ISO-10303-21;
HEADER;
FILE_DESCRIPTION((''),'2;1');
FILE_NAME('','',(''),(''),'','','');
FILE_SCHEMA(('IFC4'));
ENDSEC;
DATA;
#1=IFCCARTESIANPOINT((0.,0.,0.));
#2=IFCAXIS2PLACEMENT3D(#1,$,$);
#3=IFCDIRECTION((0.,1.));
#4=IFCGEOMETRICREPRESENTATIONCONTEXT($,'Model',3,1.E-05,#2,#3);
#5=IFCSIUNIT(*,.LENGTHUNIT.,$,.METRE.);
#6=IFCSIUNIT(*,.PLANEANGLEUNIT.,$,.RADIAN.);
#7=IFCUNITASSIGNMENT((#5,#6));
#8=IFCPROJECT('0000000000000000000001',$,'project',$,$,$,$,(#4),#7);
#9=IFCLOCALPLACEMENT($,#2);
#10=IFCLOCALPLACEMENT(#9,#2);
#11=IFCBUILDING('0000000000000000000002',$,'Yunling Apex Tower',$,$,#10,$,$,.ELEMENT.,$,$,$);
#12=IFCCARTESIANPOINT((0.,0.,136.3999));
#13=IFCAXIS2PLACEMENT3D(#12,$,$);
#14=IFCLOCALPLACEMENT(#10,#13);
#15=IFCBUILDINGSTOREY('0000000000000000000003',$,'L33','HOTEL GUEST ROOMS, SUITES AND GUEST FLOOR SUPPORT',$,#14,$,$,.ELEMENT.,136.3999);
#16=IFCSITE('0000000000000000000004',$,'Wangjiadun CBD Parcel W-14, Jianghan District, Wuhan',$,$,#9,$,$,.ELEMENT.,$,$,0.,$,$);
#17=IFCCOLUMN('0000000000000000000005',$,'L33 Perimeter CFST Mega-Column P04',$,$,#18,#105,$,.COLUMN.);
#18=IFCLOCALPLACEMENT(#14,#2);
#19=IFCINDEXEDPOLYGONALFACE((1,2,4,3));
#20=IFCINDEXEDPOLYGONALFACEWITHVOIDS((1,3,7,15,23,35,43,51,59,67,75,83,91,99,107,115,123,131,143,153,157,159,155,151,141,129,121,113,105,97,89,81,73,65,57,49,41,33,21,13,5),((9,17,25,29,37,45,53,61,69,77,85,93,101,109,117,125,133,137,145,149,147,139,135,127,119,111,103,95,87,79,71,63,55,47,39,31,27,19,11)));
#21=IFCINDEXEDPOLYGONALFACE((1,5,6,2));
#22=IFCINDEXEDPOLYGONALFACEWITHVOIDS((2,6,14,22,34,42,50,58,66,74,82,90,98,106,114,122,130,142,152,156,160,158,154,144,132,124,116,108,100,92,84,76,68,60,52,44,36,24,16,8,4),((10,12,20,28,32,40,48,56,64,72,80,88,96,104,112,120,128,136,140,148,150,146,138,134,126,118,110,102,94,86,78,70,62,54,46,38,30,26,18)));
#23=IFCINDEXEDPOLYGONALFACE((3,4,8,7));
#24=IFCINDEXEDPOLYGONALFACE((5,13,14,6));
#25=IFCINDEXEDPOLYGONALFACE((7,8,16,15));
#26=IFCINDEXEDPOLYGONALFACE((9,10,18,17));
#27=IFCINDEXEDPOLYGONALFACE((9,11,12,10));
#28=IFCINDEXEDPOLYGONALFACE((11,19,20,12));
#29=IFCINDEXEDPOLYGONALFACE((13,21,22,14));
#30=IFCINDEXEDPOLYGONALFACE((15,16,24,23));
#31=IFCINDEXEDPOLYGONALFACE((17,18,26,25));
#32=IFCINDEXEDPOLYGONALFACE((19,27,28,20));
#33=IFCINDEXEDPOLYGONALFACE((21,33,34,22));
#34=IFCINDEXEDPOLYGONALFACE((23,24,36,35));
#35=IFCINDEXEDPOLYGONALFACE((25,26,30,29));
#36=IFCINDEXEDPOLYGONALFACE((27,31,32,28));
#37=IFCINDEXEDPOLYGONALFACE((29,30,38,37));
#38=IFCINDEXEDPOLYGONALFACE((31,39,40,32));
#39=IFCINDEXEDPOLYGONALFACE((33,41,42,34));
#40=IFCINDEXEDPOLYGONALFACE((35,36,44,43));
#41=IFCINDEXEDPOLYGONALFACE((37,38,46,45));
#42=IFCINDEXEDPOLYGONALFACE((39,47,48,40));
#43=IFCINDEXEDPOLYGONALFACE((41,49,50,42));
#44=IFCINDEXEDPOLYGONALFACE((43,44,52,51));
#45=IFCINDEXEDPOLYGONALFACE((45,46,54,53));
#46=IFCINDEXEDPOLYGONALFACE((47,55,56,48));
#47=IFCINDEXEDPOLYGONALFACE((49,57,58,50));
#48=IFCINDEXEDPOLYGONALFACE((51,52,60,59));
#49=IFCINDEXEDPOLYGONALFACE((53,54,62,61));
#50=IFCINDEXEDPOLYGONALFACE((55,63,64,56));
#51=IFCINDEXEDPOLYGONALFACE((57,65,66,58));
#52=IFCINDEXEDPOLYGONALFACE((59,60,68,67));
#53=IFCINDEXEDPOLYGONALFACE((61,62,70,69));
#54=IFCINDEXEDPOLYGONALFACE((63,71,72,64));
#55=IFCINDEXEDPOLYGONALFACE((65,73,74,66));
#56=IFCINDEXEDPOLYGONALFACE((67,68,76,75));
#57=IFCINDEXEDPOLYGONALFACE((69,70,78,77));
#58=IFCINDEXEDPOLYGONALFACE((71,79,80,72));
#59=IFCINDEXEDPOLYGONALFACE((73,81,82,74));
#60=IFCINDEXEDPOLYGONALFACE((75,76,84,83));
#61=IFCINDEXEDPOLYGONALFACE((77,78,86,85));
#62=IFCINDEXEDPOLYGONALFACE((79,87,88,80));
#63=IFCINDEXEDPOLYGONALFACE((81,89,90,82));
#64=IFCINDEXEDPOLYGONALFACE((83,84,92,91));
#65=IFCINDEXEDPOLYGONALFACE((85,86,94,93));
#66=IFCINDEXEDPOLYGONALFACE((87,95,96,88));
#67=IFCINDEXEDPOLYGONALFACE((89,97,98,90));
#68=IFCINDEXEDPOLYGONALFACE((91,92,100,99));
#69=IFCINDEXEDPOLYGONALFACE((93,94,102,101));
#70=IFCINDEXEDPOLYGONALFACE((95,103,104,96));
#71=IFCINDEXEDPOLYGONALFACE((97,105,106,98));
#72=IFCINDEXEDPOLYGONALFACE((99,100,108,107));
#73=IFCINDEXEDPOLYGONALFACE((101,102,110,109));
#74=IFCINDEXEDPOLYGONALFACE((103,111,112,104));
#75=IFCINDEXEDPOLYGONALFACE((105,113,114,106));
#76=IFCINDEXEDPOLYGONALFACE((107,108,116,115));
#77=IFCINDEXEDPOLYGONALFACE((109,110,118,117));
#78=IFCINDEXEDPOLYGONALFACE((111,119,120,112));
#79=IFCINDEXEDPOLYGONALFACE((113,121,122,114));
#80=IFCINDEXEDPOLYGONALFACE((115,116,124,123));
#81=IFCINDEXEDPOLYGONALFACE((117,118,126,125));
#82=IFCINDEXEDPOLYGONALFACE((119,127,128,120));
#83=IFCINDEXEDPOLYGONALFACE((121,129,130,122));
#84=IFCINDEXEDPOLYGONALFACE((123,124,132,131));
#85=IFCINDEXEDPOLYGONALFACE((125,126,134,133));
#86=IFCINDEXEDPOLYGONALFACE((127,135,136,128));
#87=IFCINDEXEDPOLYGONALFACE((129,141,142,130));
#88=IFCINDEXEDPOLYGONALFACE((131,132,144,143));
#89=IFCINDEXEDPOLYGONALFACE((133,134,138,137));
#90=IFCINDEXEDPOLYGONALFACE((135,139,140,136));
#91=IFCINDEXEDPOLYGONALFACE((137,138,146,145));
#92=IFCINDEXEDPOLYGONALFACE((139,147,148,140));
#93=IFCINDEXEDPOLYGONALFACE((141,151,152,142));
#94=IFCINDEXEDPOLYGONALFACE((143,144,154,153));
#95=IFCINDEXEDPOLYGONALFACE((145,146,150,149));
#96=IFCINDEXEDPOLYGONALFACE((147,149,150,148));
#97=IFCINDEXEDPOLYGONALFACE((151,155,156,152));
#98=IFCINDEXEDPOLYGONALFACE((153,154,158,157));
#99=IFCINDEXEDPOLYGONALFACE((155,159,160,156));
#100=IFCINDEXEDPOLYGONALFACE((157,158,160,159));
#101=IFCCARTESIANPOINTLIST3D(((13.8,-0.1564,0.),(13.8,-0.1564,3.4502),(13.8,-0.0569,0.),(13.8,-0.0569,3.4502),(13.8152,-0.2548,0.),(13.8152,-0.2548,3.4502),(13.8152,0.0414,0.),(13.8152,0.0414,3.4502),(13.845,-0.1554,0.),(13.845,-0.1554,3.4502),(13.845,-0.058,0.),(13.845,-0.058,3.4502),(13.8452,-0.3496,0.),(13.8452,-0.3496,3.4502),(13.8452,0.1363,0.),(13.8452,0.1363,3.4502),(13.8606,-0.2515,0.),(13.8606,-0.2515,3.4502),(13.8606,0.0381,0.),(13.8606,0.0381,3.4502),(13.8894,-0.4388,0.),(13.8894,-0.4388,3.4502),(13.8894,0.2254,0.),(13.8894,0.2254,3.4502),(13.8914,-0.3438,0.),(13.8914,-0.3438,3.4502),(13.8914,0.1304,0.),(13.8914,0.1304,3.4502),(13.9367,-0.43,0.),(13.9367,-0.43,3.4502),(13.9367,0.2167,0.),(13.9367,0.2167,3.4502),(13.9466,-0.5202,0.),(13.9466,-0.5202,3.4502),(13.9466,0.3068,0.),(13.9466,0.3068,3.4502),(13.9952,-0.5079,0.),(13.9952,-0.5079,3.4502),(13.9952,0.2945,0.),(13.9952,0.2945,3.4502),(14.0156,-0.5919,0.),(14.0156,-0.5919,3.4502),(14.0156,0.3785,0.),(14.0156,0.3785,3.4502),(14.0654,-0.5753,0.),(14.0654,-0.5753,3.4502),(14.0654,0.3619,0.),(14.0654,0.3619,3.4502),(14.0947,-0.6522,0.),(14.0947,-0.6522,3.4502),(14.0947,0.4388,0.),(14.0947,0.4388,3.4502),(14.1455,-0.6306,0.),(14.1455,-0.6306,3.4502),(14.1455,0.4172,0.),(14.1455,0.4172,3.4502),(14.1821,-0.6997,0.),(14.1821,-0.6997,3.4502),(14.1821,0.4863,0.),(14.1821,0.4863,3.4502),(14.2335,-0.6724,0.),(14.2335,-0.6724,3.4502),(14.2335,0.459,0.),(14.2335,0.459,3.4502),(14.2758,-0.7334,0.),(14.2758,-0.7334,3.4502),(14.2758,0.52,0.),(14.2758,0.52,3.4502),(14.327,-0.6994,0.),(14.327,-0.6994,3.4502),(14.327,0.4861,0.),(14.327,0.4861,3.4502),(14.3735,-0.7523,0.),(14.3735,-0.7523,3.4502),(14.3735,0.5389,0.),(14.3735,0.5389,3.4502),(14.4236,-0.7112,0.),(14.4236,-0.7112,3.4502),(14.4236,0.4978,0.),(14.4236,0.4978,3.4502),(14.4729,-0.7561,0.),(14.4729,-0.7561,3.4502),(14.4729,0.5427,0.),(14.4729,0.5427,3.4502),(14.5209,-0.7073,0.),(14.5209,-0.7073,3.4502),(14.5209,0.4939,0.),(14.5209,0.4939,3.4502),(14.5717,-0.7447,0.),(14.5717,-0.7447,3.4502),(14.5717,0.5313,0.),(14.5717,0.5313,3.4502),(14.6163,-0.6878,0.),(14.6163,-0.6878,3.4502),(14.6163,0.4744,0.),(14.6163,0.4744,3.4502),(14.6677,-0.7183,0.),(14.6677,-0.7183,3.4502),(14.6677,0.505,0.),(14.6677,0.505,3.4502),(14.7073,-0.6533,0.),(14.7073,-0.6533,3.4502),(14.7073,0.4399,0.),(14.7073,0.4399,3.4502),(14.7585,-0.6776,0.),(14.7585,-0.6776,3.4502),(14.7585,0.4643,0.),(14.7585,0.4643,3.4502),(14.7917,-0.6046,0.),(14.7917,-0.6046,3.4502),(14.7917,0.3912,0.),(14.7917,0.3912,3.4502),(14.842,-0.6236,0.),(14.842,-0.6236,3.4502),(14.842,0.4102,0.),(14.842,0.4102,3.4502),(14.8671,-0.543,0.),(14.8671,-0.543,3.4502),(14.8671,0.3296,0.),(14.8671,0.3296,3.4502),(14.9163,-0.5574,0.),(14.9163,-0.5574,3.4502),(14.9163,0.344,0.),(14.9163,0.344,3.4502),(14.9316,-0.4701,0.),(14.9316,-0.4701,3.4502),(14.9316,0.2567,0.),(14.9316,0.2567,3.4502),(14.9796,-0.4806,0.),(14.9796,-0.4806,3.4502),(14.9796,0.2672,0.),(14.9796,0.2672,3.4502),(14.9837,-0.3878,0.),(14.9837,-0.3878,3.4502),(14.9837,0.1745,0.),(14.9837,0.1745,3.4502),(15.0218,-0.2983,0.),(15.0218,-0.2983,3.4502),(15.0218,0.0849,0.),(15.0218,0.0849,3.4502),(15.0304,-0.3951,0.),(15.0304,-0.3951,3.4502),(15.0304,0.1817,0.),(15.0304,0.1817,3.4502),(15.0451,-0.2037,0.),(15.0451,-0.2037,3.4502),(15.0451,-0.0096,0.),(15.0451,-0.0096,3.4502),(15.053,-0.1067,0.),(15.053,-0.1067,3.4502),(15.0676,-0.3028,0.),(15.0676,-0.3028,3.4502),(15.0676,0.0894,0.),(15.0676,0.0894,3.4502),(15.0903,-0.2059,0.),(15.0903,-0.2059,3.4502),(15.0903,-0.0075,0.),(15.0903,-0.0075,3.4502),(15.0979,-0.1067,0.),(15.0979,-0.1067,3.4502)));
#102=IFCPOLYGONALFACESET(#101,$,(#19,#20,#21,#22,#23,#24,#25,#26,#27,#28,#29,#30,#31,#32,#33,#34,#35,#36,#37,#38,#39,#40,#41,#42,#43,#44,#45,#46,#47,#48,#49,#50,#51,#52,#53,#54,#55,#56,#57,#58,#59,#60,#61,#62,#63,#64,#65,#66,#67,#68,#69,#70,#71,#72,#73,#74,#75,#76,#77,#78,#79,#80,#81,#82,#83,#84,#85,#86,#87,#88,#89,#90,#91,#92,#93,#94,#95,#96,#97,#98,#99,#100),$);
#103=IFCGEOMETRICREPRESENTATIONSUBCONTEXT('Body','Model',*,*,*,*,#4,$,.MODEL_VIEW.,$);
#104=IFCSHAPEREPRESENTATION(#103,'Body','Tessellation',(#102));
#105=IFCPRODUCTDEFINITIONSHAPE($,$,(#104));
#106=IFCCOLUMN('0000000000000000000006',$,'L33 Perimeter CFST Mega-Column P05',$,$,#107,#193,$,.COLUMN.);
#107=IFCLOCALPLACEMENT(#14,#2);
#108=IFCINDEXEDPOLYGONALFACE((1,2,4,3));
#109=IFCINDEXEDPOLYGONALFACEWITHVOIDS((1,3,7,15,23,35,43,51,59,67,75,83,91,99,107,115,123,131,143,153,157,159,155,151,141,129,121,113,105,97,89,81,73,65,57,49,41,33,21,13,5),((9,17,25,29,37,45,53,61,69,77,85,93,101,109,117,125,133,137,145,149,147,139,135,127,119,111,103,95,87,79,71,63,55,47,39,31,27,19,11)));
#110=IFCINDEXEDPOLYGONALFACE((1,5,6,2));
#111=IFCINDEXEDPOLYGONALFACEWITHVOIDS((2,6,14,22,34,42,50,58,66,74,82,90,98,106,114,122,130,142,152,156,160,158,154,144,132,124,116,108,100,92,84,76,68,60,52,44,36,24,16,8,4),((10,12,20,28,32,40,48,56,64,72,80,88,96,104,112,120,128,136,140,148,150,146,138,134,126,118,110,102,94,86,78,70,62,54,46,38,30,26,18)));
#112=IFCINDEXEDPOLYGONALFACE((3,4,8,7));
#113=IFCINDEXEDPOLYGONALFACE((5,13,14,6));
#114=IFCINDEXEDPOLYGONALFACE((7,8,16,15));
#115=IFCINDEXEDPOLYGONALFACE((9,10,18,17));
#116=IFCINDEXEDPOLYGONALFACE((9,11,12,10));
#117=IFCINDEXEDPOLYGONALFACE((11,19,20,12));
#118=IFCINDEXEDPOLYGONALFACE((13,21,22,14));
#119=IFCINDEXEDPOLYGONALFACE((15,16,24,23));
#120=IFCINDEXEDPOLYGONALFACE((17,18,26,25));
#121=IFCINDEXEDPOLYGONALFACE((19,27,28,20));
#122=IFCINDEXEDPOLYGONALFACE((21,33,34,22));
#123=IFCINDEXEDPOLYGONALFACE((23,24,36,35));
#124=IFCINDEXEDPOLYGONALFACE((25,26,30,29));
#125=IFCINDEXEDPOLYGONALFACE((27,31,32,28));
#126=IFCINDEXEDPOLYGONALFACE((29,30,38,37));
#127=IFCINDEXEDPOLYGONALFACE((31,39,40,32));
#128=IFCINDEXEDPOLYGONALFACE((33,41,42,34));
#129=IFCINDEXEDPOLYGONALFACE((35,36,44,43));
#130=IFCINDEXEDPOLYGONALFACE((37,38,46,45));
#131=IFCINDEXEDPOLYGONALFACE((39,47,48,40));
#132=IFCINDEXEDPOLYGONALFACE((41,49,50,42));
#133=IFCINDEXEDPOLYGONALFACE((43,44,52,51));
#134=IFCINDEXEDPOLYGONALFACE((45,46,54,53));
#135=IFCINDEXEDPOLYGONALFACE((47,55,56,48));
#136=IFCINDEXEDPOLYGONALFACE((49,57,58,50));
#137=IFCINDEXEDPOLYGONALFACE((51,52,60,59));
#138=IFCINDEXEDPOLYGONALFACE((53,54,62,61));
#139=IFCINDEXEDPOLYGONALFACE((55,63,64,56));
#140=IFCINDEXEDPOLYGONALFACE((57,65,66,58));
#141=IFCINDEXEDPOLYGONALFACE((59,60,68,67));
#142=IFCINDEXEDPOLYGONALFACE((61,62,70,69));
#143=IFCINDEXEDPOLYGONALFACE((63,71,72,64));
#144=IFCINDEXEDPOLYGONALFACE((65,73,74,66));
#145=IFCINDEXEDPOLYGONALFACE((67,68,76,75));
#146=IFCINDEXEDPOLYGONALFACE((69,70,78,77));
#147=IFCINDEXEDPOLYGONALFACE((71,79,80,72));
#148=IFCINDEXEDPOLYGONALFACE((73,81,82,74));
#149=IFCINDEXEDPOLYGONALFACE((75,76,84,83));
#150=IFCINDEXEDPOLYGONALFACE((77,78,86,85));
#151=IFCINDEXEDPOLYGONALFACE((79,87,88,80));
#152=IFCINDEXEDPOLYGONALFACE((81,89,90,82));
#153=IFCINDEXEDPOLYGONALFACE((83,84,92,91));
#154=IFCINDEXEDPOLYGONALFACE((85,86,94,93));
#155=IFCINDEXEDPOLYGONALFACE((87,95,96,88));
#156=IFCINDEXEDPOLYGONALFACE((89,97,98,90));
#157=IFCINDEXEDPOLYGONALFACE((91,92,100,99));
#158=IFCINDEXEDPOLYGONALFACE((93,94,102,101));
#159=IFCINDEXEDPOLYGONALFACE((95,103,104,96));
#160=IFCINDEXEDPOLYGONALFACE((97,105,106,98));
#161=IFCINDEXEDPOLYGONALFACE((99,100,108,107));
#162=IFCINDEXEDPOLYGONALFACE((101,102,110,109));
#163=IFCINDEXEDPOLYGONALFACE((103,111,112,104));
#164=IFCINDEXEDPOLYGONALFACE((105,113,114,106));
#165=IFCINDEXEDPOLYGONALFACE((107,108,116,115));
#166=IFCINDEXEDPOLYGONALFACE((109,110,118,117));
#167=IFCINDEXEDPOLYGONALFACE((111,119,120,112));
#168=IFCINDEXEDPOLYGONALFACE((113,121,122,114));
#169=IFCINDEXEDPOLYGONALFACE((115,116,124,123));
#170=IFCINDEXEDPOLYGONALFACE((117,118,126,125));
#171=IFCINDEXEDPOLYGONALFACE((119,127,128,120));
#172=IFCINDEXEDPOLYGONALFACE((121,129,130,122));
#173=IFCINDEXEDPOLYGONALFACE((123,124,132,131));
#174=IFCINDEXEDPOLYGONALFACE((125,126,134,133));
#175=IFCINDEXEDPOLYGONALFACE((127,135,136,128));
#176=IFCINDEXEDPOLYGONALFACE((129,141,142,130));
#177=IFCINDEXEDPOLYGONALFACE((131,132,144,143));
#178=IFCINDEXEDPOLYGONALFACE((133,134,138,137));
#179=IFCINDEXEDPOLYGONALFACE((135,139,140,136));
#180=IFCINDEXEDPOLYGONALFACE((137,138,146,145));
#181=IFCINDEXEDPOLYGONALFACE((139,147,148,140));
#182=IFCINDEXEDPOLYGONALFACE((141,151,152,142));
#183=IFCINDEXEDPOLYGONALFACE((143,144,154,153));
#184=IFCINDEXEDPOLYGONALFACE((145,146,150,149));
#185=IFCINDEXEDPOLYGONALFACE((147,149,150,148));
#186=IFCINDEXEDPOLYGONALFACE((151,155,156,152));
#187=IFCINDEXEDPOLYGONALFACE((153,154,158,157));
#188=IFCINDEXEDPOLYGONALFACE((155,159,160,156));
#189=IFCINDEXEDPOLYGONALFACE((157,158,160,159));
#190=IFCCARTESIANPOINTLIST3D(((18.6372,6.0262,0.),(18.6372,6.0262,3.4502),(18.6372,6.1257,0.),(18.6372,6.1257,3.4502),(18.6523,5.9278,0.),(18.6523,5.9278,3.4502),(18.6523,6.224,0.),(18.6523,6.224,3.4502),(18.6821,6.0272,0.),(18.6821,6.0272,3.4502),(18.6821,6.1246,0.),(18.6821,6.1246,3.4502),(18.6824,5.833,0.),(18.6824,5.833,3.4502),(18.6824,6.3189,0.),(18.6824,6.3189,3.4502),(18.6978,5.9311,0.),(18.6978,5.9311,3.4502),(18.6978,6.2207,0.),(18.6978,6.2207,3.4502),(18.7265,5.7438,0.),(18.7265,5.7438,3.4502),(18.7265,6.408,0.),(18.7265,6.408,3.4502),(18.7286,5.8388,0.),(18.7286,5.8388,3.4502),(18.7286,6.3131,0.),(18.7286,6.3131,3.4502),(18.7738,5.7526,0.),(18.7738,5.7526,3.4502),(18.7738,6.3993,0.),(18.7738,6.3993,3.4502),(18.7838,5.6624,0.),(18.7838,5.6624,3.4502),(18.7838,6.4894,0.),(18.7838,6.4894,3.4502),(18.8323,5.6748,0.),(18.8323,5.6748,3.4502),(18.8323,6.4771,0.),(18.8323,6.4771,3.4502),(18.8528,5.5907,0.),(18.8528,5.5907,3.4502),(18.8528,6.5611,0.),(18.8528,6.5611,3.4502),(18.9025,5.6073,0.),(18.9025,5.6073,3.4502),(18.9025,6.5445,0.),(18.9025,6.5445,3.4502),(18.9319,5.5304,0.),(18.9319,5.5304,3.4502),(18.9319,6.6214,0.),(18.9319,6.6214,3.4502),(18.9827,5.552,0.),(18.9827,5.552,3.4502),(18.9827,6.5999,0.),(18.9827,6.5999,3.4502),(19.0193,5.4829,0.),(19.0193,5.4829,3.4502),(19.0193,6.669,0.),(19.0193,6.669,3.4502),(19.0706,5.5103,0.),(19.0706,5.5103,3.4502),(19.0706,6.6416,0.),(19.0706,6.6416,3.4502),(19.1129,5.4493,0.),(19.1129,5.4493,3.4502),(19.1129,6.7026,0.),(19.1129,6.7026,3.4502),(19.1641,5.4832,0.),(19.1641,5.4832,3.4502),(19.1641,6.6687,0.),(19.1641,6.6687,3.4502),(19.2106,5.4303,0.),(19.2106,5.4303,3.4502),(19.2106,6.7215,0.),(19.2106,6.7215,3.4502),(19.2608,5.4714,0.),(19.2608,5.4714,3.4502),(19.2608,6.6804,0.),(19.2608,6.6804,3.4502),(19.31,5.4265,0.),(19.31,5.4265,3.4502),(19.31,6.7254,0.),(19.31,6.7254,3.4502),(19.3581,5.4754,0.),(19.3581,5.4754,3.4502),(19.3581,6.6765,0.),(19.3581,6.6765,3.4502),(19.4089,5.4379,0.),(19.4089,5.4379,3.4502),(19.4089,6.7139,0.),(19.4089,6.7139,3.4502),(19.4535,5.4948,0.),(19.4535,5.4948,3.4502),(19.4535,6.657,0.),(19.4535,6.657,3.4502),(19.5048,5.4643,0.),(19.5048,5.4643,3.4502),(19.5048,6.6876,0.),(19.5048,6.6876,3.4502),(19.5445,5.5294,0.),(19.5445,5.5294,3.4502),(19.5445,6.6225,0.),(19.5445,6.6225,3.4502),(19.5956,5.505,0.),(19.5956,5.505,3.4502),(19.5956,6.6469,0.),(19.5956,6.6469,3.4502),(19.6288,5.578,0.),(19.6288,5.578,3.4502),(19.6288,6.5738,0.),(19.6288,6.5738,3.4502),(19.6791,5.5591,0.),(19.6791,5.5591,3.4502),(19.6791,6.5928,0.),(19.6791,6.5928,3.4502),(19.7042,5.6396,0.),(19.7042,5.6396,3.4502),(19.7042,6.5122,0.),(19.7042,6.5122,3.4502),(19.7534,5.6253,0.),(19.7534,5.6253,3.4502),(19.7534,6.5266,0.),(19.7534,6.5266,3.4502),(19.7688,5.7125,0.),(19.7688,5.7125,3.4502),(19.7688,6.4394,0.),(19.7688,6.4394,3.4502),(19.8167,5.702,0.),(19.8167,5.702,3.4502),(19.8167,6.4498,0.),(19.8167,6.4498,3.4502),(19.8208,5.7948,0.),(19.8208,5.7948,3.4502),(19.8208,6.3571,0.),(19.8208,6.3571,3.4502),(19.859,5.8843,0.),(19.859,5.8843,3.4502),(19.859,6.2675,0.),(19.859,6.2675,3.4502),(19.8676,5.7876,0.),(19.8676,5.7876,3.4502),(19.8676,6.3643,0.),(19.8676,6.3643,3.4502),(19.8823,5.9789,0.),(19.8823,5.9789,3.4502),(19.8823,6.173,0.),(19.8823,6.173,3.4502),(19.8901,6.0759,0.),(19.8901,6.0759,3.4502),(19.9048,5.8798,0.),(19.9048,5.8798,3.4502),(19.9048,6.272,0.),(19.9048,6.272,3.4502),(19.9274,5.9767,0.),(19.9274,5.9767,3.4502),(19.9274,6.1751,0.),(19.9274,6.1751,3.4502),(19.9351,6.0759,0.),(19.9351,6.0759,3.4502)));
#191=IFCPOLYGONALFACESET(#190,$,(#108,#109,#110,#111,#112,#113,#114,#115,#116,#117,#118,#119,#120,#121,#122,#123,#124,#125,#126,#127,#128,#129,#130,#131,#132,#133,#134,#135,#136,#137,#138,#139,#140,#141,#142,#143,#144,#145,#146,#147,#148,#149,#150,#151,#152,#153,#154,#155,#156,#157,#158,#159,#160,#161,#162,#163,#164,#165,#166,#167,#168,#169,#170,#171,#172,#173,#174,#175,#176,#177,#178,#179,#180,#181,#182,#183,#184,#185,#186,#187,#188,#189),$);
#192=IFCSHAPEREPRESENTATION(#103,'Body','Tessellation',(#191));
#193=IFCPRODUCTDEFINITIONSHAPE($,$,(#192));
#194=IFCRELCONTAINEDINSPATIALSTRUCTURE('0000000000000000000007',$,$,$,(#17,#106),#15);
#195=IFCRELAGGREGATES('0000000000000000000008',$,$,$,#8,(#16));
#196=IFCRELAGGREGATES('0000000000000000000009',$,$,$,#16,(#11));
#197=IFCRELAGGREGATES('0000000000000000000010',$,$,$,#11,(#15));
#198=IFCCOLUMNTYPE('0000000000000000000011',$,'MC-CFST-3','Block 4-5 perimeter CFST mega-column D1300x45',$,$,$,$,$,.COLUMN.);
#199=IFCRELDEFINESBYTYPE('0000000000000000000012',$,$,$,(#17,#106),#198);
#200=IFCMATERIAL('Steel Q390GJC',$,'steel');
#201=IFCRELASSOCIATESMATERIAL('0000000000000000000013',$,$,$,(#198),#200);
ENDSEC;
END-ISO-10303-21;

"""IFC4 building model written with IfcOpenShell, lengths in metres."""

from ifc_helpers import new_model, si_unit, direction, frame, origin, origin_2d, place, context, subcontext, project, spatial, hollow_circle, extrude, source, transform, mapped, material, material_profile, profile_set, type_object, element, save


model = new_model("IFC4")

# Units and contexts
model_context = context("Model", 3, precision=1e-05, world=origin(), true_north=direction((0.0, 1.0)))
body_context = subcontext(model_context, "Body", "Model", "MODEL_VIEW")
ifc_project = project(units=[si_unit("LENGTHUNIT", "METRE"), si_unit("PLANEANGLEUNIT", "RADIAN")], contexts=[model_context])

# Site, building, storey
site_placement = place(None, origin())
site = spatial("IfcSite", under=ifc_project, at=site_placement, Name="Wangjiadun CBD Parcel W-14, Jianghan District, Wuhan", CompositionType="ELEMENT", RefElevation=0.0)
building_placement = place(site_placement, origin())
building = spatial("IfcBuilding", under=site, at=building_placement, Name="Yunling Apex Tower", CompositionType="ELEMENT")
storey_placement = place(building_placement, frame((0.0, 0.0, 136.3999)))
storey = spatial("IfcBuildingStorey", under=building, at=storey_placement, Name="L33", Description="HOTEL GUEST ROOMS, SUITES AND GUEST FLOOR SUPPORT", CompositionType="ELEMENT", Elevation=136.3999)

# Columns
ifc_material_1 = material(Name="Steel Q390GJC", Category="steel")
ifc_material_profile_1 = material_profile(ifc_material_1, hollow_circle(Radius=0.6499, WallThickness=0.0449, at=origin_2d()))
ifc_profile_set_1 = profile_set([ifc_material_profile_1], Name="Steel Q390GJC")
column_type = type_object("IfcColumnType", Name="MC-CFST-3", Description="Block 4-5 perimeter CFST mega-column D1300x45", PredefinedType="COLUMN", material=ifc_profile_set_1)
shared_shape_1 = source(origin(), body_context, "Body", "SweptSolid", [
    extrude(hollow_circle(Radius=0.6499, WallThickness=0.0449, at=origin_2d()), origin(), (0.0, 0.0, 1.0), 3.4502),
])
for number, where, z_axis, x_axis, name in (
    (1, (14.448, -0.1067, 0.0), (0.0, 0.0, 1.0), (1.0, 0.0, 0.0), "L33 Perimeter CFST Mega-Column P04"),
    (2, (19.2852, 6.0759, 0.0), (0.0, 0.0, 1.0), (1.0, 0.0, 0.0), "L33 Perimeter CFST Mega-Column P05"),
):
    element("IfcColumn", number, at=place(storey_placement, frame(where, z_axis=z_axis, x_axis=x_axis)), inside=storey, type_object=column_type, Name=name, PredefinedType="COLUMN", context=body_context, shape_type="MappedRepresentation", body=[
        mapped(shared_shape_1, transform((0.0, 0.0, 0.0), scale=1.0)),
    ])

save(model, "model.ifc")
